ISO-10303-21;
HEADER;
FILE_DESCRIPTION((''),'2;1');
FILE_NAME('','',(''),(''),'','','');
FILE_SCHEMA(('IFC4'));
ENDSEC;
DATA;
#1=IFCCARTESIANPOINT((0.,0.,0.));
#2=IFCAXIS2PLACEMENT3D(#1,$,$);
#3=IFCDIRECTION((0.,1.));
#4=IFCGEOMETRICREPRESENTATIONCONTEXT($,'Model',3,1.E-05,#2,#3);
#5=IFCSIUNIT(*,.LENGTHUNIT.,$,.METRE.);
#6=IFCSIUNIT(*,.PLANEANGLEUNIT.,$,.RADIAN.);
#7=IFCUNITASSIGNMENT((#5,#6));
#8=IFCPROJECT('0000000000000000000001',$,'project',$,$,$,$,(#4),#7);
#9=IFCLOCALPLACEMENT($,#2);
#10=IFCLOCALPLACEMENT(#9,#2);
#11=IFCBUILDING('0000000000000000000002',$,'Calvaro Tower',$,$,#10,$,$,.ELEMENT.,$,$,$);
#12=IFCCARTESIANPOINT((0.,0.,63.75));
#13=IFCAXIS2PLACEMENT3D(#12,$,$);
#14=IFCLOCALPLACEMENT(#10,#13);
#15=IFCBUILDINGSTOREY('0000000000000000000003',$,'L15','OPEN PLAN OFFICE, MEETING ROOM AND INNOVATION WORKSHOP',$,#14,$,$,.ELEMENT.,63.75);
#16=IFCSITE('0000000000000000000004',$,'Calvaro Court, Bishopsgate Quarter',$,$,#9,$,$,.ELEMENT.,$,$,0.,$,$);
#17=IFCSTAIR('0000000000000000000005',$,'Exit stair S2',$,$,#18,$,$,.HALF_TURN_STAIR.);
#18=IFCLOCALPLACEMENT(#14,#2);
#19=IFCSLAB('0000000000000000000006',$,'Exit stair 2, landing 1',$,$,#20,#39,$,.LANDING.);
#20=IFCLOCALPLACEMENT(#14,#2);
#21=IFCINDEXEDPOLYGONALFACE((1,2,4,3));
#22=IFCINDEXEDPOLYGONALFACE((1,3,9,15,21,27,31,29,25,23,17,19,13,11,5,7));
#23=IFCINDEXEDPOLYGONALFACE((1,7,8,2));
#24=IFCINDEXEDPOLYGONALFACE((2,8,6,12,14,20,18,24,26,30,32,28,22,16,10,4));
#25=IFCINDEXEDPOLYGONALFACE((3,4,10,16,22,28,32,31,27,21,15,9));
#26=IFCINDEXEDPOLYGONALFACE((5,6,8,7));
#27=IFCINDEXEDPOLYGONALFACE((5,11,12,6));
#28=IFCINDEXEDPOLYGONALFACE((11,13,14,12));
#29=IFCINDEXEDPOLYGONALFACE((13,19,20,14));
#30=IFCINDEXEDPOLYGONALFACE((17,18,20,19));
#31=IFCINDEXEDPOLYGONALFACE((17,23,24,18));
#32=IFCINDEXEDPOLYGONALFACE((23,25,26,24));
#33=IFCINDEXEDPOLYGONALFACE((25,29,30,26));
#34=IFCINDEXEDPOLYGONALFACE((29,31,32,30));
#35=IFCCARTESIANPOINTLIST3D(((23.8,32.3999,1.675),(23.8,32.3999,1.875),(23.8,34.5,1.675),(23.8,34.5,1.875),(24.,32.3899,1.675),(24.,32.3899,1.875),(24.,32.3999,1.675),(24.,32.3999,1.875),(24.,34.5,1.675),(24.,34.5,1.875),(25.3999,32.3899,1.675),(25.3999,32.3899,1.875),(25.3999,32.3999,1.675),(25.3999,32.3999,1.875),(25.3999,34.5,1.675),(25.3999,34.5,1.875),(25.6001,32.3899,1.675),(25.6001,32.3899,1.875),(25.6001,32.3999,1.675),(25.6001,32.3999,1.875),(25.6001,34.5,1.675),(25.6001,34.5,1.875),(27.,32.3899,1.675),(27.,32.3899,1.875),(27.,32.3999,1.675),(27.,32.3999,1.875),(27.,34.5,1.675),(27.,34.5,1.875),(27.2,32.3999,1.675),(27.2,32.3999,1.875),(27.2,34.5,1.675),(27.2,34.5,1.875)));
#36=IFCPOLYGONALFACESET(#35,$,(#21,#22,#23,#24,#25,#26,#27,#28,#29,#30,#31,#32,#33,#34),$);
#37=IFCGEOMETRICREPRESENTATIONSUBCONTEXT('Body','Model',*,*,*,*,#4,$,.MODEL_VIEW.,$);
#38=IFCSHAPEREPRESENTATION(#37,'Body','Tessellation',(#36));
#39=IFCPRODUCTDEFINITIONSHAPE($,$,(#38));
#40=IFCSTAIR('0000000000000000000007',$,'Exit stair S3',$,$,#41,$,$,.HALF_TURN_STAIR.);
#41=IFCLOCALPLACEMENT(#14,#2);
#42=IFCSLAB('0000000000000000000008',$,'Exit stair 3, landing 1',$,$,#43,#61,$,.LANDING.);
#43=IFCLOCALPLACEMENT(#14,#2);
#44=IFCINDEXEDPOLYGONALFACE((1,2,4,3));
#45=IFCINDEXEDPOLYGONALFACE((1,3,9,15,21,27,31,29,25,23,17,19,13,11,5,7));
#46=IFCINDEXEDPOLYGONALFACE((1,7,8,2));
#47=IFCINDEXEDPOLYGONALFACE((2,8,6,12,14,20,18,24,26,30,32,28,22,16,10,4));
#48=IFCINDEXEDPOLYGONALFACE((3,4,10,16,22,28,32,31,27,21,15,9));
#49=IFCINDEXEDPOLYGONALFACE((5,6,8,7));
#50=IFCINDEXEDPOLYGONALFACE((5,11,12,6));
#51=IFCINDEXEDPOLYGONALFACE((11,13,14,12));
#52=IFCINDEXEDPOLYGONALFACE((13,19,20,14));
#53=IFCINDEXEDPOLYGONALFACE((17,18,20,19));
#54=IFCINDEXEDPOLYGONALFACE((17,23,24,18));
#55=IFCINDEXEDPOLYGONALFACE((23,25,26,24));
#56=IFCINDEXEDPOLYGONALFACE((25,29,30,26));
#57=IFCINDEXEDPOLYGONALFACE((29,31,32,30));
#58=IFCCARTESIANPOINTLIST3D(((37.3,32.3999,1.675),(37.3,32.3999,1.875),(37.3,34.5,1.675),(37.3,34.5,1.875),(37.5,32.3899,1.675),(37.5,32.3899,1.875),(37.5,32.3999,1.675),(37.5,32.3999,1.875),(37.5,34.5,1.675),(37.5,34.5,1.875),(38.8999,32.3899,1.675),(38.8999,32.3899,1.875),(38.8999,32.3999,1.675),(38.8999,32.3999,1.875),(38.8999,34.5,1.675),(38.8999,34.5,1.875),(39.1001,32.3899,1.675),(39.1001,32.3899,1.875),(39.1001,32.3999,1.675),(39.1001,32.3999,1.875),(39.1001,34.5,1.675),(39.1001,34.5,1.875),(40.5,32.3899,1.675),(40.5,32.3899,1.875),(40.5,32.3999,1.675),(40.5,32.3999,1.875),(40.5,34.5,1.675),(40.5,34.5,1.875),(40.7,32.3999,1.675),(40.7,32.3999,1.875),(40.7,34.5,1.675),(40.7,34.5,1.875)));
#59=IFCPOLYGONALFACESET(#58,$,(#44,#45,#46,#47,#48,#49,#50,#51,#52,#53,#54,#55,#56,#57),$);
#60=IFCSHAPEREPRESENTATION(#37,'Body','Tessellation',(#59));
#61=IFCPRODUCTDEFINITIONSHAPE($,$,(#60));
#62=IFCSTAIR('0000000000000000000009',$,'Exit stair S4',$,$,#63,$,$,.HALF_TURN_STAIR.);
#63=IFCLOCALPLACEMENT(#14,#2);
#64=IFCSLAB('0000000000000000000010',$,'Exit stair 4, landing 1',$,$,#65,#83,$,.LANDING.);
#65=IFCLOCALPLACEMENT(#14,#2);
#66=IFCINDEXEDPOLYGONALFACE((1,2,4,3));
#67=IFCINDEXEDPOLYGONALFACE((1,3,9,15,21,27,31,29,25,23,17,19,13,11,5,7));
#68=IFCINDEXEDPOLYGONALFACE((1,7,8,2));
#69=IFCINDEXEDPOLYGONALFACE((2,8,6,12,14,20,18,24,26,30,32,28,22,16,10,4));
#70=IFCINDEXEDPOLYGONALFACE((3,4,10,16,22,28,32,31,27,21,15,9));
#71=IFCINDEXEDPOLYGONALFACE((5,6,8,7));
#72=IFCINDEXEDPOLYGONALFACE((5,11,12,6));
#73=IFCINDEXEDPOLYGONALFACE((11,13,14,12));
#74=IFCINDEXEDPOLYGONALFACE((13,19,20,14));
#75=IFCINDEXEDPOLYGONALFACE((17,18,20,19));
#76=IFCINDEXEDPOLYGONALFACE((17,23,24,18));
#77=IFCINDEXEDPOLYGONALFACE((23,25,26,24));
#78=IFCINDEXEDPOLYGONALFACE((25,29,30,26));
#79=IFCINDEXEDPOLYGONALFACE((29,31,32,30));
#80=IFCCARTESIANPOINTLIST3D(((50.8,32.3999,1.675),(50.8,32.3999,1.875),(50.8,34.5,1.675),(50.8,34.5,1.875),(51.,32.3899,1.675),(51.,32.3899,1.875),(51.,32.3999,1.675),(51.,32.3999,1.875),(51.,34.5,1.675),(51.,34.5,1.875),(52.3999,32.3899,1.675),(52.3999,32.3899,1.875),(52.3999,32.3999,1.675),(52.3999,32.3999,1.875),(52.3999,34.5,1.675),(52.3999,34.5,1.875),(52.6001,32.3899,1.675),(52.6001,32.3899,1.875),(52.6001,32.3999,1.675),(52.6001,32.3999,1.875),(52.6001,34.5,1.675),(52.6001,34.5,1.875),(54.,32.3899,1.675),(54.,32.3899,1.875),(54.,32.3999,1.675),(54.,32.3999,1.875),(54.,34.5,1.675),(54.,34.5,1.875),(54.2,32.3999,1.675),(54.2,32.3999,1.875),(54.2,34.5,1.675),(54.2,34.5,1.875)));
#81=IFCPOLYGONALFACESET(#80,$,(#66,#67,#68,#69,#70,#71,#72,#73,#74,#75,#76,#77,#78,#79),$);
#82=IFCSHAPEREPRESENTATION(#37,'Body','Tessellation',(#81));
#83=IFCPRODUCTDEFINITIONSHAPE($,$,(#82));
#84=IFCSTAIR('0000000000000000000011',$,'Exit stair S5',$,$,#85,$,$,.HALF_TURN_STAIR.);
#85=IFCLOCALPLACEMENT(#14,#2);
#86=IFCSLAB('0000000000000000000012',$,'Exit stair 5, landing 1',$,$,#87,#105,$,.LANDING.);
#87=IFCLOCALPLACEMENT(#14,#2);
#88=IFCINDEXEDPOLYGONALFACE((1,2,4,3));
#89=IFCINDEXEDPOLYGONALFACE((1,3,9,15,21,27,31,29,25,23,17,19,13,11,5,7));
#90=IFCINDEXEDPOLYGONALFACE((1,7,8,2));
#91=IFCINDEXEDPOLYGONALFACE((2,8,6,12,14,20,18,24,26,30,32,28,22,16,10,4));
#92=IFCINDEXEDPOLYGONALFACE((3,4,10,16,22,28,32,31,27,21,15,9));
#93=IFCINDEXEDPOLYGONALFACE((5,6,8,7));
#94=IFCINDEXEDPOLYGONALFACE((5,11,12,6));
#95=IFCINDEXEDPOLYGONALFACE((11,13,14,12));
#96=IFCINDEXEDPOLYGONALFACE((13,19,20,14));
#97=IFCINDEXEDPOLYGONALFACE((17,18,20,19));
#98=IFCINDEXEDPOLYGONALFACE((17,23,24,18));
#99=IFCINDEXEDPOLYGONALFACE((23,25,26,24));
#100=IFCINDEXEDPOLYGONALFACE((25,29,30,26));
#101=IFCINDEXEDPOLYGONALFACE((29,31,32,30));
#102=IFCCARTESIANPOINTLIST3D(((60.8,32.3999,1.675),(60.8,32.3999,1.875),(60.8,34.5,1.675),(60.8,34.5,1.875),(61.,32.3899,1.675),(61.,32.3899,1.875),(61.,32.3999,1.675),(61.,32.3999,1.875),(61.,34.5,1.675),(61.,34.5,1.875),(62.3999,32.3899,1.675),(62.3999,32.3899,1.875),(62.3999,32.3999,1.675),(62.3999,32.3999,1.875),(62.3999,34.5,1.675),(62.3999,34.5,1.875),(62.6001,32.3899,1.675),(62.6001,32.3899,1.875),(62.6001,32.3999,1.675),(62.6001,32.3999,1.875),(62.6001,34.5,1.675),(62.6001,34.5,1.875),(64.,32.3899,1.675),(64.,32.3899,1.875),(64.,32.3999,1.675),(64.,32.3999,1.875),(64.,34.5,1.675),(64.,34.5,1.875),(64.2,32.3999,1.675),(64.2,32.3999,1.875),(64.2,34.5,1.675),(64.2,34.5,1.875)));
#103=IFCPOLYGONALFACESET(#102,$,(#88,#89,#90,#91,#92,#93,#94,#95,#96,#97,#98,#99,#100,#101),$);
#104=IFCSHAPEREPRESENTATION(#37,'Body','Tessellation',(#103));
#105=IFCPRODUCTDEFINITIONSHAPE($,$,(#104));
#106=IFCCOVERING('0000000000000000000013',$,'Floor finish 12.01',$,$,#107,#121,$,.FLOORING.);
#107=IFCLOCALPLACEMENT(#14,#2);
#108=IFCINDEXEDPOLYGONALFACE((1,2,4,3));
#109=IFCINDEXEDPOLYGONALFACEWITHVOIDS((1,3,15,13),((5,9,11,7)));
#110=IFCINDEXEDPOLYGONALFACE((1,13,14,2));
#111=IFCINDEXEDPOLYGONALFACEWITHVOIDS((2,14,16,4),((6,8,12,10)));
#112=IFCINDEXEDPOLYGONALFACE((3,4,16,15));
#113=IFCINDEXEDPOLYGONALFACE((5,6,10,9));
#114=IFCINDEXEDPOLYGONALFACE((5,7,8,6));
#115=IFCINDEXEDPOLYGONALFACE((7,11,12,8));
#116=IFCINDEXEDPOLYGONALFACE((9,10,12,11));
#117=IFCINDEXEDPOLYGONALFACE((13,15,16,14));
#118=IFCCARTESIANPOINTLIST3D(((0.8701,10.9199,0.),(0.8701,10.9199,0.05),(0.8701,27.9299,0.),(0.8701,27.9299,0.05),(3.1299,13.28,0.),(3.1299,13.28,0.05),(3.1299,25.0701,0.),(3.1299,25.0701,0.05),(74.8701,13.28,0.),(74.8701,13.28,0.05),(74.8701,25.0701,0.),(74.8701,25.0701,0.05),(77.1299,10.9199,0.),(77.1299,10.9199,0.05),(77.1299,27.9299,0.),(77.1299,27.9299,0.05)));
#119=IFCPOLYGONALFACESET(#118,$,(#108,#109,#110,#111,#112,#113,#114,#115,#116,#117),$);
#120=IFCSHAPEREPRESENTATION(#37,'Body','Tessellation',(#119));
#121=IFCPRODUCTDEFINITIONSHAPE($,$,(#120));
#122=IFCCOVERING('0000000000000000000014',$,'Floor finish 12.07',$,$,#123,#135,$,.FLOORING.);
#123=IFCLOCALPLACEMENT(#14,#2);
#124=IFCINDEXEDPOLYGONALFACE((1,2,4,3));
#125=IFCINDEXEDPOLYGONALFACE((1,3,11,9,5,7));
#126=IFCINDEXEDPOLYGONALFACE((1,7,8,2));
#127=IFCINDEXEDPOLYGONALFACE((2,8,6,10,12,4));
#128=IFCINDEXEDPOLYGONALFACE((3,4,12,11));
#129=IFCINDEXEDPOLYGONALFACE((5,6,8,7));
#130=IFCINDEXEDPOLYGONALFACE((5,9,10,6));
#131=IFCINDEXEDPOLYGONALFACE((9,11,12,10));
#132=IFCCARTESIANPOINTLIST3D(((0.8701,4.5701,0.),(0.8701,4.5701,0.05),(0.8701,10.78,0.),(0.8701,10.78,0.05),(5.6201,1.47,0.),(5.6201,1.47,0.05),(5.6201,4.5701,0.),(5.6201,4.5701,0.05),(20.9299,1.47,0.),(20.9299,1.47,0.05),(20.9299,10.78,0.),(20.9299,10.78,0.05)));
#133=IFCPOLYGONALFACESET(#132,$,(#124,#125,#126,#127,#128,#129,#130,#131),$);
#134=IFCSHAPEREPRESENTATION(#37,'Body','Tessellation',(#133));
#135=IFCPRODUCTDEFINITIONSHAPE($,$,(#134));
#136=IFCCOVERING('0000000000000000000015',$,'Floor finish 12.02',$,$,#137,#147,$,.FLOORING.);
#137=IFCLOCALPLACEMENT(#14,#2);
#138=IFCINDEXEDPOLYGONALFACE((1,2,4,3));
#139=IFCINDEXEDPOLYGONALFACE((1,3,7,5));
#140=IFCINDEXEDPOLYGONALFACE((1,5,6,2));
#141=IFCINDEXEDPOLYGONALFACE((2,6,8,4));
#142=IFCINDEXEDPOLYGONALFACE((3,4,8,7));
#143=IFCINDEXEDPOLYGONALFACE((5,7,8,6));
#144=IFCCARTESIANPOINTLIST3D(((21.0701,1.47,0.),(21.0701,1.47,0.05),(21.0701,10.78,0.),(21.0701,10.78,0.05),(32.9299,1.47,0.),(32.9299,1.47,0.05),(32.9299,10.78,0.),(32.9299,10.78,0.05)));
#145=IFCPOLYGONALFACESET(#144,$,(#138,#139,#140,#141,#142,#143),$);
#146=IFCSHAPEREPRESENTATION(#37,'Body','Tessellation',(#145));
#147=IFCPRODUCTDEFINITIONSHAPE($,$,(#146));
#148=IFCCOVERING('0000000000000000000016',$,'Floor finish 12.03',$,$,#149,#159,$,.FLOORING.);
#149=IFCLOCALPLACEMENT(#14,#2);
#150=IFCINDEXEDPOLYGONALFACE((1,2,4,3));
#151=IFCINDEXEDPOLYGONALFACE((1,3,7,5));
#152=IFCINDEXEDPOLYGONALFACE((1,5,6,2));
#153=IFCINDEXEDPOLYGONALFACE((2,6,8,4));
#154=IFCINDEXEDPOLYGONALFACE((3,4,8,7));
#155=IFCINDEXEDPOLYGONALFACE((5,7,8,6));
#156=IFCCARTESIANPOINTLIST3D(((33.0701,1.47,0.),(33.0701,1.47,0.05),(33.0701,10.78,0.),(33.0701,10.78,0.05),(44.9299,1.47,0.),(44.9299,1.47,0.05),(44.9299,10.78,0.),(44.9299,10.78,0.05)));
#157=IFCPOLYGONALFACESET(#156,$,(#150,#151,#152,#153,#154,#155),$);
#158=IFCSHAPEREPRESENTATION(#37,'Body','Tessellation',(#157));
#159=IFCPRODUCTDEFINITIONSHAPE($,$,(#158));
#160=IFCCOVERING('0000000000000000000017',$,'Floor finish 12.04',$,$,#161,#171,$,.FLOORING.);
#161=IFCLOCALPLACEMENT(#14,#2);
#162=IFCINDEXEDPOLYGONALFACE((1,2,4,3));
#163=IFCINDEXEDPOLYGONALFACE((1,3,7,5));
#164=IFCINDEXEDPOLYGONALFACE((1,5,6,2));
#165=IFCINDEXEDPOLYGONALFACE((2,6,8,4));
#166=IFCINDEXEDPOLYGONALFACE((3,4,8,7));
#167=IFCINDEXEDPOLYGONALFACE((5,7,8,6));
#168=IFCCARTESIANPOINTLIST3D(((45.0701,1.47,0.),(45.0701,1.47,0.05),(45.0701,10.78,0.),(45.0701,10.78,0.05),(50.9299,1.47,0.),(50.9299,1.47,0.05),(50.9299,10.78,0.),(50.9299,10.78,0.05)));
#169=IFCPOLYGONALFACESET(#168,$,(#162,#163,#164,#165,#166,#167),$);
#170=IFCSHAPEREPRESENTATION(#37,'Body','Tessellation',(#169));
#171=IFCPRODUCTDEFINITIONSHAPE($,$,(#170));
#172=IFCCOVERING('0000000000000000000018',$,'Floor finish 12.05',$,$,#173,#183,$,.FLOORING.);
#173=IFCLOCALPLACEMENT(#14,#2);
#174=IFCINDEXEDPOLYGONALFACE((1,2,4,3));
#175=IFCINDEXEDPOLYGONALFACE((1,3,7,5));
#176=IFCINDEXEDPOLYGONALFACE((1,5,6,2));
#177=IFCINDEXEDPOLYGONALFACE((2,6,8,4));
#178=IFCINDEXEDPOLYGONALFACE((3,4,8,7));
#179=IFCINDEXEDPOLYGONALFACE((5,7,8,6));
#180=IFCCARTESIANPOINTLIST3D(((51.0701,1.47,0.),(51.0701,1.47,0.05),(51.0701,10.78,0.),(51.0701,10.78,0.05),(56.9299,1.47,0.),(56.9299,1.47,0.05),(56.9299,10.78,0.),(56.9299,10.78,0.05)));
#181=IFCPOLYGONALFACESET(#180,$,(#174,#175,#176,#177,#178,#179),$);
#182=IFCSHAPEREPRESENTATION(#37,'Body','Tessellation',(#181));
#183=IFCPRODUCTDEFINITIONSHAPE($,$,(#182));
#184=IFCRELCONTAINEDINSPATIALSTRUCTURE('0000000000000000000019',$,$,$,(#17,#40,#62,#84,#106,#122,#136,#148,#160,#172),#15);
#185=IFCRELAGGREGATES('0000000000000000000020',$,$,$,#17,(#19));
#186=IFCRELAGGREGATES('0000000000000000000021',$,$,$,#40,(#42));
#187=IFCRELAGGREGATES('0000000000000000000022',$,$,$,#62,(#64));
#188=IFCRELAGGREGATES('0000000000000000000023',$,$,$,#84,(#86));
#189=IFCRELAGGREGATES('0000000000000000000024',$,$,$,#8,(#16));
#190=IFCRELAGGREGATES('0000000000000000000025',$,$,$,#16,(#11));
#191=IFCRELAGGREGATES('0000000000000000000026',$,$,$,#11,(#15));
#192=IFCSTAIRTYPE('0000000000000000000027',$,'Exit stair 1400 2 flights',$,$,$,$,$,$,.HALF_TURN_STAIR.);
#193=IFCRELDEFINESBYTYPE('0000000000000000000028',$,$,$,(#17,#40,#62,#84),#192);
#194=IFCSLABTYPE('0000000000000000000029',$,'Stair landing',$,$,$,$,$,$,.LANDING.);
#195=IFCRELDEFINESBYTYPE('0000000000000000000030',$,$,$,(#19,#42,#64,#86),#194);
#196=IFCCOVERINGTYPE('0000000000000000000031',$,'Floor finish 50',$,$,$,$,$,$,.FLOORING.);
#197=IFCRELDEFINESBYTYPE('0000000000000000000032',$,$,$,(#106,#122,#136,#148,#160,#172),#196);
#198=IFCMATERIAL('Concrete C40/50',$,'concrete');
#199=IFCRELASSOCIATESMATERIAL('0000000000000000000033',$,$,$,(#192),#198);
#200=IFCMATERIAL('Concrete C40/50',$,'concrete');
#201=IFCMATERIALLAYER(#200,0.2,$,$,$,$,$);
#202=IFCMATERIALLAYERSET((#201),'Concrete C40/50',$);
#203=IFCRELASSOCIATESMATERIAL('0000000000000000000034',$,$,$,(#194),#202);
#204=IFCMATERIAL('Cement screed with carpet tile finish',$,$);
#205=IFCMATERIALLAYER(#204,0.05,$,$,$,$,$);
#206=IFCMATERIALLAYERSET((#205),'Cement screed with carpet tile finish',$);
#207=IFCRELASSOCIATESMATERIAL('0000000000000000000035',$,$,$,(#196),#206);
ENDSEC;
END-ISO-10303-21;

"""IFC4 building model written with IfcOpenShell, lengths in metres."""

from ifc_helpers import new_model, si_unit, direction, frame, origin, place, context, subcontext, project, spatial, polyline, outline, extrude, material, layer, layer_set, type_object, element, aggregate, save


model = new_model("IFC4")

# Units and contexts
model_context = context("Model", 3, precision=1e-05, world=origin(), true_north=direction((0.0, 1.0)))
body_context = subcontext(model_context, "Body", "Model", "MODEL_VIEW")
ifc_project = project(units=[si_unit("LENGTHUNIT", "METRE"), si_unit("PLANEANGLEUNIT", "RADIAN")], contexts=[model_context])

# Site, building, storey
site_placement = place(None, origin())
site = spatial("IfcSite", under=ifc_project, at=site_placement, Name="Calvaro Court, Bishopsgate Quarter", CompositionType="ELEMENT", RefElevation=0.0)
building_placement = place(site_placement, origin())
building = spatial("IfcBuilding", under=site, at=building_placement, Name="Calvaro Tower", CompositionType="ELEMENT")
storey_placement = place(building_placement, frame((0.0, 0.0, 63.75)))
storey = spatial("IfcBuildingStorey", under=building, at=storey_placement, Name="L15", Description="OPEN PLAN OFFICE, MEETING ROOM AND INNOVATION WORKSHOP", CompositionType="ELEMENT", Elevation=63.75)

# Stairs, slabs
ifc_material_1 = material(Name="Concrete C40/50", Category="concrete")
stair_type = type_object("IfcStairType", Name="Exit stair 1400 2 flights", PredefinedType="HALF_TURN_STAIR", material=ifc_material_1)
ifc_material_2 = material(Name="Concrete C40/50", Category="concrete")
ifc_layer_1 = layer(ifc_material_2, 0.2)
ifc_layer_set_1 = layer_set([ifc_layer_1], Name="Concrete C40/50")
slab_type_1 = type_object("IfcSlabType", Name="Stair landing", PredefinedType="LANDING", material=ifc_layer_set_1)
stair_1_placement = place(storey_placement, origin())
stair_1 = element("IfcStair", 1, at=stair_1_placement, inside=storey, type_object=stair_type, Name="Exit stair S2", PredefinedType="HALF_TURN_STAIR")
slab_1_placement = place(storey_placement, frame((0.0, 0.0, 1.675)))
slab_1 = element("IfcSlab", 2, at=slab_1_placement, type_object=slab_type_1, Name="Exit stair 2, landing 1", PredefinedType="LANDING", context=body_context, shape_type="SweptSolid", body=[
    extrude(outline(polyline([(25.3999, 32.3899), (24.0, 32.3899), (24.0, 32.3999), (23.8, 32.3999), (23.8, 34.5), (24.0, 34.5), (25.3999, 34.5), (25.6001, 34.5), (27.0, 34.5), (27.2, 34.5), (27.2, 32.3999), (27.0, 32.3999), (27.0, 32.3899), (25.6001, 32.3899), (25.6001, 32.3999), (25.3999, 32.3999), (25.3999, 32.3899)])), origin(), (0.0, 0.0, 1.0), 0.2),
])
aggregate(stair_1, [slab_1])
stair_2_placement = place(storey_placement, origin())
stair_2 = element("IfcStair", 3, at=stair_2_placement, inside=storey, type_object=stair_type, Name="Exit stair S3", PredefinedType="HALF_TURN_STAIR")
slab_2_placement = place(storey_placement, frame((0.0, 0.0, 1.675)))
slab_2 = element("IfcSlab", 4, at=slab_2_placement, type_object=slab_type_1, Name="Exit stair 3, landing 1", PredefinedType="LANDING", context=body_context, shape_type="SweptSolid", body=[
    extrude(outline(polyline([(38.8999, 32.3899), (37.5, 32.3899), (37.5, 32.3999), (37.3, 32.3999), (37.3, 34.5), (37.5, 34.5), (38.8999, 34.5), (39.1001, 34.5), (40.5, 34.5), (40.7, 34.5), (40.7, 32.3999), (40.5, 32.3999), (40.5, 32.3899), (39.1001, 32.3899), (39.1001, 32.3999), (38.8999, 32.3999), (38.8999, 32.3899)])), origin(), (0.0, 0.0, 1.0), 0.2),
])
aggregate(stair_2, [slab_2])
stair_3_placement = place(storey_placement, origin())
stair_3 = element("IfcStair", 5, at=stair_3_placement, inside=storey, type_object=stair_type, Name="Exit stair S4", PredefinedType="HALF_TURN_STAIR")
slab_3_placement = place(storey_placement, frame((0.0, 0.0, 1.675)))
slab_3 = element("IfcSlab", 6, at=slab_3_placement, type_object=slab_type_1, Name="Exit stair 4, landing 1", PredefinedType="LANDING", context=body_context, shape_type="SweptSolid", body=[
    extrude(outline(polyline([(52.3999, 32.3899), (51.0, 32.3899), (51.0, 32.3999), (50.8, 32.3999), (50.8, 34.5), (51.0, 34.5), (52.3999, 34.5), (52.6001, 34.5), (54.0, 34.5), (54.2, 34.5), (54.2, 32.3999), (54.0, 32.3999), (54.0, 32.3899), (52.6001, 32.3899), (52.6001, 32.3999), (52.3999, 32.3999), (52.3999, 32.3899)])), origin(), (0.0, 0.0, 1.0), 0.2),
])
aggregate(stair_3, [slab_3])
stair_4_placement = place(storey_placement, origin())
stair_4 = element("IfcStair", 7, at=stair_4_placement, inside=storey, type_object=stair_type, Name="Exit stair S5", PredefinedType="HALF_TURN_STAIR")
slab_4_placement = place(storey_placement, frame((0.0, 0.0, 1.675)))
slab_4 = element("IfcSlab", 8, at=slab_4_placement, type_object=slab_type_1, Name="Exit stair 5, landing 1", PredefinedType="LANDING", context=body_context, shape_type="SweptSolid", body=[
    extrude(outline(polyline([(62.3999, 32.3899), (61.0, 32.3899), (61.0, 32.3999), (60.8, 32.3999), (60.8, 34.5), (61.0, 34.5), (62.3999, 34.5), (62.6001, 34.5), (64.0, 34.5), (64.2, 34.5), (64.2, 32.3999), (64.0, 32.3999), (64.0, 32.3899), (62.6001, 32.3899), (62.6001, 32.3999), (62.3999, 32.3999), (62.3999, 32.3899)])), origin(), (0.0, 0.0, 1.0), 0.2),
])
aggregate(stair_4, [slab_4])

# Coverings
ifc_material_3 = material(Name="Cement screed with carpet tile finish")
ifc_layer_2 = layer(ifc_material_3, 0.05)
ifc_layer_set_2 = layer_set([ifc_layer_2], Name="Cement screed with carpet tile finish")
covering_type = type_object("IfcCoveringType", Name="Floor finish 50", PredefinedType="FLOORING", material=ifc_layer_set_2)
covering_1_placement = place(storey_placement, origin())
element("IfcCovering", 9, at=covering_1_placement, inside=storey, type_object=covering_type, Name="Floor finish 12.01", PredefinedType="FLOORING", context=body_context, shape_type="SweptSolid", body=[
    extrude(outline(polyline([(0.8701, 10.9199), (0.8701, 27.9299), (77.1299, 27.9299), (77.1299, 10.9199), (0.8701, 10.9199)]), holes=[polyline([(74.8701, 13.28), (74.8701, 25.0701), (3.1299, 25.0701), (3.1299, 13.28), (74.8701, 13.28)])]), origin(), (0.0, 0.0, 1.0), 0.05),
])
covering_2_placement = place(storey_placement, origin())
element("IfcCovering", 10, at=covering_2_placement, inside=storey, type_object=covering_type, Name="Floor finish 12.07", PredefinedType="FLOORING", context=body_context, shape_type="SweptSolid", body=[
    extrude(outline(polyline([(20.9299, 10.78), (20.9299, 1.47), (5.6201, 1.47), (5.6201, 4.5701), (0.8701, 4.5701), (0.8701, 10.78), (20.9299, 10.78)])), origin(), (0.0, 0.0, 1.0), 0.05),
])
covering_3_placement = place(storey_placement, origin())
element("IfcCovering", 11, at=covering_3_placement, inside=storey, type_object=covering_type, Name="Floor finish 12.02", PredefinedType="FLOORING", context=body_context, shape_type="SweptSolid", body=[
    extrude(outline(polyline([(21.0701, 10.78), (32.9299, 10.78), (32.9299, 1.47), (21.0701, 1.47), (21.0701, 10.78)])), origin(), (0.0, 0.0, 1.0), 0.05),
])
covering_4_placement = place(storey_placement, origin())
element("IfcCovering", 12, at=covering_4_placement, inside=storey, type_object=covering_type, Name="Floor finish 12.03", PredefinedType="FLOORING", context=body_context, shape_type="SweptSolid", body=[
    extrude(outline(polyline([(33.0701, 10.78), (44.9299, 10.78), (44.9299, 1.47), (33.0701, 1.47), (33.0701, 10.78)])), origin(), (0.0, 0.0, 1.0), 0.05),
])
covering_5_placement = place(storey_placement, origin())
element("IfcCovering", 13, at=covering_5_placement, inside=storey, type_object=covering_type, Name="Floor finish 12.04", PredefinedType="FLOORING", context=body_context, shape_type="SweptSolid", body=[
    extrude(outline(polyline([(45.0701, 10.78), (50.9299, 10.78), (50.9299, 1.47), (45.0701, 1.47), (45.0701, 10.78)])), origin(), (0.0, 0.0, 1.0), 0.05),
])
covering_6_placement = place(storey_placement, origin())
element("IfcCovering", 14, at=covering_6_placement, inside=storey, type_object=covering_type, Name="Floor finish 12.05", PredefinedType="FLOORING", context=body_context, shape_type="SweptSolid", body=[
    extrude(outline(polyline([(51.0701, 10.78), (56.9299, 10.78), (56.9299, 1.47), (51.0701, 1.47), (51.0701, 10.78)])), origin(), (0.0, 0.0, 1.0), 0.05),
])

save(model, "model.ifc")
